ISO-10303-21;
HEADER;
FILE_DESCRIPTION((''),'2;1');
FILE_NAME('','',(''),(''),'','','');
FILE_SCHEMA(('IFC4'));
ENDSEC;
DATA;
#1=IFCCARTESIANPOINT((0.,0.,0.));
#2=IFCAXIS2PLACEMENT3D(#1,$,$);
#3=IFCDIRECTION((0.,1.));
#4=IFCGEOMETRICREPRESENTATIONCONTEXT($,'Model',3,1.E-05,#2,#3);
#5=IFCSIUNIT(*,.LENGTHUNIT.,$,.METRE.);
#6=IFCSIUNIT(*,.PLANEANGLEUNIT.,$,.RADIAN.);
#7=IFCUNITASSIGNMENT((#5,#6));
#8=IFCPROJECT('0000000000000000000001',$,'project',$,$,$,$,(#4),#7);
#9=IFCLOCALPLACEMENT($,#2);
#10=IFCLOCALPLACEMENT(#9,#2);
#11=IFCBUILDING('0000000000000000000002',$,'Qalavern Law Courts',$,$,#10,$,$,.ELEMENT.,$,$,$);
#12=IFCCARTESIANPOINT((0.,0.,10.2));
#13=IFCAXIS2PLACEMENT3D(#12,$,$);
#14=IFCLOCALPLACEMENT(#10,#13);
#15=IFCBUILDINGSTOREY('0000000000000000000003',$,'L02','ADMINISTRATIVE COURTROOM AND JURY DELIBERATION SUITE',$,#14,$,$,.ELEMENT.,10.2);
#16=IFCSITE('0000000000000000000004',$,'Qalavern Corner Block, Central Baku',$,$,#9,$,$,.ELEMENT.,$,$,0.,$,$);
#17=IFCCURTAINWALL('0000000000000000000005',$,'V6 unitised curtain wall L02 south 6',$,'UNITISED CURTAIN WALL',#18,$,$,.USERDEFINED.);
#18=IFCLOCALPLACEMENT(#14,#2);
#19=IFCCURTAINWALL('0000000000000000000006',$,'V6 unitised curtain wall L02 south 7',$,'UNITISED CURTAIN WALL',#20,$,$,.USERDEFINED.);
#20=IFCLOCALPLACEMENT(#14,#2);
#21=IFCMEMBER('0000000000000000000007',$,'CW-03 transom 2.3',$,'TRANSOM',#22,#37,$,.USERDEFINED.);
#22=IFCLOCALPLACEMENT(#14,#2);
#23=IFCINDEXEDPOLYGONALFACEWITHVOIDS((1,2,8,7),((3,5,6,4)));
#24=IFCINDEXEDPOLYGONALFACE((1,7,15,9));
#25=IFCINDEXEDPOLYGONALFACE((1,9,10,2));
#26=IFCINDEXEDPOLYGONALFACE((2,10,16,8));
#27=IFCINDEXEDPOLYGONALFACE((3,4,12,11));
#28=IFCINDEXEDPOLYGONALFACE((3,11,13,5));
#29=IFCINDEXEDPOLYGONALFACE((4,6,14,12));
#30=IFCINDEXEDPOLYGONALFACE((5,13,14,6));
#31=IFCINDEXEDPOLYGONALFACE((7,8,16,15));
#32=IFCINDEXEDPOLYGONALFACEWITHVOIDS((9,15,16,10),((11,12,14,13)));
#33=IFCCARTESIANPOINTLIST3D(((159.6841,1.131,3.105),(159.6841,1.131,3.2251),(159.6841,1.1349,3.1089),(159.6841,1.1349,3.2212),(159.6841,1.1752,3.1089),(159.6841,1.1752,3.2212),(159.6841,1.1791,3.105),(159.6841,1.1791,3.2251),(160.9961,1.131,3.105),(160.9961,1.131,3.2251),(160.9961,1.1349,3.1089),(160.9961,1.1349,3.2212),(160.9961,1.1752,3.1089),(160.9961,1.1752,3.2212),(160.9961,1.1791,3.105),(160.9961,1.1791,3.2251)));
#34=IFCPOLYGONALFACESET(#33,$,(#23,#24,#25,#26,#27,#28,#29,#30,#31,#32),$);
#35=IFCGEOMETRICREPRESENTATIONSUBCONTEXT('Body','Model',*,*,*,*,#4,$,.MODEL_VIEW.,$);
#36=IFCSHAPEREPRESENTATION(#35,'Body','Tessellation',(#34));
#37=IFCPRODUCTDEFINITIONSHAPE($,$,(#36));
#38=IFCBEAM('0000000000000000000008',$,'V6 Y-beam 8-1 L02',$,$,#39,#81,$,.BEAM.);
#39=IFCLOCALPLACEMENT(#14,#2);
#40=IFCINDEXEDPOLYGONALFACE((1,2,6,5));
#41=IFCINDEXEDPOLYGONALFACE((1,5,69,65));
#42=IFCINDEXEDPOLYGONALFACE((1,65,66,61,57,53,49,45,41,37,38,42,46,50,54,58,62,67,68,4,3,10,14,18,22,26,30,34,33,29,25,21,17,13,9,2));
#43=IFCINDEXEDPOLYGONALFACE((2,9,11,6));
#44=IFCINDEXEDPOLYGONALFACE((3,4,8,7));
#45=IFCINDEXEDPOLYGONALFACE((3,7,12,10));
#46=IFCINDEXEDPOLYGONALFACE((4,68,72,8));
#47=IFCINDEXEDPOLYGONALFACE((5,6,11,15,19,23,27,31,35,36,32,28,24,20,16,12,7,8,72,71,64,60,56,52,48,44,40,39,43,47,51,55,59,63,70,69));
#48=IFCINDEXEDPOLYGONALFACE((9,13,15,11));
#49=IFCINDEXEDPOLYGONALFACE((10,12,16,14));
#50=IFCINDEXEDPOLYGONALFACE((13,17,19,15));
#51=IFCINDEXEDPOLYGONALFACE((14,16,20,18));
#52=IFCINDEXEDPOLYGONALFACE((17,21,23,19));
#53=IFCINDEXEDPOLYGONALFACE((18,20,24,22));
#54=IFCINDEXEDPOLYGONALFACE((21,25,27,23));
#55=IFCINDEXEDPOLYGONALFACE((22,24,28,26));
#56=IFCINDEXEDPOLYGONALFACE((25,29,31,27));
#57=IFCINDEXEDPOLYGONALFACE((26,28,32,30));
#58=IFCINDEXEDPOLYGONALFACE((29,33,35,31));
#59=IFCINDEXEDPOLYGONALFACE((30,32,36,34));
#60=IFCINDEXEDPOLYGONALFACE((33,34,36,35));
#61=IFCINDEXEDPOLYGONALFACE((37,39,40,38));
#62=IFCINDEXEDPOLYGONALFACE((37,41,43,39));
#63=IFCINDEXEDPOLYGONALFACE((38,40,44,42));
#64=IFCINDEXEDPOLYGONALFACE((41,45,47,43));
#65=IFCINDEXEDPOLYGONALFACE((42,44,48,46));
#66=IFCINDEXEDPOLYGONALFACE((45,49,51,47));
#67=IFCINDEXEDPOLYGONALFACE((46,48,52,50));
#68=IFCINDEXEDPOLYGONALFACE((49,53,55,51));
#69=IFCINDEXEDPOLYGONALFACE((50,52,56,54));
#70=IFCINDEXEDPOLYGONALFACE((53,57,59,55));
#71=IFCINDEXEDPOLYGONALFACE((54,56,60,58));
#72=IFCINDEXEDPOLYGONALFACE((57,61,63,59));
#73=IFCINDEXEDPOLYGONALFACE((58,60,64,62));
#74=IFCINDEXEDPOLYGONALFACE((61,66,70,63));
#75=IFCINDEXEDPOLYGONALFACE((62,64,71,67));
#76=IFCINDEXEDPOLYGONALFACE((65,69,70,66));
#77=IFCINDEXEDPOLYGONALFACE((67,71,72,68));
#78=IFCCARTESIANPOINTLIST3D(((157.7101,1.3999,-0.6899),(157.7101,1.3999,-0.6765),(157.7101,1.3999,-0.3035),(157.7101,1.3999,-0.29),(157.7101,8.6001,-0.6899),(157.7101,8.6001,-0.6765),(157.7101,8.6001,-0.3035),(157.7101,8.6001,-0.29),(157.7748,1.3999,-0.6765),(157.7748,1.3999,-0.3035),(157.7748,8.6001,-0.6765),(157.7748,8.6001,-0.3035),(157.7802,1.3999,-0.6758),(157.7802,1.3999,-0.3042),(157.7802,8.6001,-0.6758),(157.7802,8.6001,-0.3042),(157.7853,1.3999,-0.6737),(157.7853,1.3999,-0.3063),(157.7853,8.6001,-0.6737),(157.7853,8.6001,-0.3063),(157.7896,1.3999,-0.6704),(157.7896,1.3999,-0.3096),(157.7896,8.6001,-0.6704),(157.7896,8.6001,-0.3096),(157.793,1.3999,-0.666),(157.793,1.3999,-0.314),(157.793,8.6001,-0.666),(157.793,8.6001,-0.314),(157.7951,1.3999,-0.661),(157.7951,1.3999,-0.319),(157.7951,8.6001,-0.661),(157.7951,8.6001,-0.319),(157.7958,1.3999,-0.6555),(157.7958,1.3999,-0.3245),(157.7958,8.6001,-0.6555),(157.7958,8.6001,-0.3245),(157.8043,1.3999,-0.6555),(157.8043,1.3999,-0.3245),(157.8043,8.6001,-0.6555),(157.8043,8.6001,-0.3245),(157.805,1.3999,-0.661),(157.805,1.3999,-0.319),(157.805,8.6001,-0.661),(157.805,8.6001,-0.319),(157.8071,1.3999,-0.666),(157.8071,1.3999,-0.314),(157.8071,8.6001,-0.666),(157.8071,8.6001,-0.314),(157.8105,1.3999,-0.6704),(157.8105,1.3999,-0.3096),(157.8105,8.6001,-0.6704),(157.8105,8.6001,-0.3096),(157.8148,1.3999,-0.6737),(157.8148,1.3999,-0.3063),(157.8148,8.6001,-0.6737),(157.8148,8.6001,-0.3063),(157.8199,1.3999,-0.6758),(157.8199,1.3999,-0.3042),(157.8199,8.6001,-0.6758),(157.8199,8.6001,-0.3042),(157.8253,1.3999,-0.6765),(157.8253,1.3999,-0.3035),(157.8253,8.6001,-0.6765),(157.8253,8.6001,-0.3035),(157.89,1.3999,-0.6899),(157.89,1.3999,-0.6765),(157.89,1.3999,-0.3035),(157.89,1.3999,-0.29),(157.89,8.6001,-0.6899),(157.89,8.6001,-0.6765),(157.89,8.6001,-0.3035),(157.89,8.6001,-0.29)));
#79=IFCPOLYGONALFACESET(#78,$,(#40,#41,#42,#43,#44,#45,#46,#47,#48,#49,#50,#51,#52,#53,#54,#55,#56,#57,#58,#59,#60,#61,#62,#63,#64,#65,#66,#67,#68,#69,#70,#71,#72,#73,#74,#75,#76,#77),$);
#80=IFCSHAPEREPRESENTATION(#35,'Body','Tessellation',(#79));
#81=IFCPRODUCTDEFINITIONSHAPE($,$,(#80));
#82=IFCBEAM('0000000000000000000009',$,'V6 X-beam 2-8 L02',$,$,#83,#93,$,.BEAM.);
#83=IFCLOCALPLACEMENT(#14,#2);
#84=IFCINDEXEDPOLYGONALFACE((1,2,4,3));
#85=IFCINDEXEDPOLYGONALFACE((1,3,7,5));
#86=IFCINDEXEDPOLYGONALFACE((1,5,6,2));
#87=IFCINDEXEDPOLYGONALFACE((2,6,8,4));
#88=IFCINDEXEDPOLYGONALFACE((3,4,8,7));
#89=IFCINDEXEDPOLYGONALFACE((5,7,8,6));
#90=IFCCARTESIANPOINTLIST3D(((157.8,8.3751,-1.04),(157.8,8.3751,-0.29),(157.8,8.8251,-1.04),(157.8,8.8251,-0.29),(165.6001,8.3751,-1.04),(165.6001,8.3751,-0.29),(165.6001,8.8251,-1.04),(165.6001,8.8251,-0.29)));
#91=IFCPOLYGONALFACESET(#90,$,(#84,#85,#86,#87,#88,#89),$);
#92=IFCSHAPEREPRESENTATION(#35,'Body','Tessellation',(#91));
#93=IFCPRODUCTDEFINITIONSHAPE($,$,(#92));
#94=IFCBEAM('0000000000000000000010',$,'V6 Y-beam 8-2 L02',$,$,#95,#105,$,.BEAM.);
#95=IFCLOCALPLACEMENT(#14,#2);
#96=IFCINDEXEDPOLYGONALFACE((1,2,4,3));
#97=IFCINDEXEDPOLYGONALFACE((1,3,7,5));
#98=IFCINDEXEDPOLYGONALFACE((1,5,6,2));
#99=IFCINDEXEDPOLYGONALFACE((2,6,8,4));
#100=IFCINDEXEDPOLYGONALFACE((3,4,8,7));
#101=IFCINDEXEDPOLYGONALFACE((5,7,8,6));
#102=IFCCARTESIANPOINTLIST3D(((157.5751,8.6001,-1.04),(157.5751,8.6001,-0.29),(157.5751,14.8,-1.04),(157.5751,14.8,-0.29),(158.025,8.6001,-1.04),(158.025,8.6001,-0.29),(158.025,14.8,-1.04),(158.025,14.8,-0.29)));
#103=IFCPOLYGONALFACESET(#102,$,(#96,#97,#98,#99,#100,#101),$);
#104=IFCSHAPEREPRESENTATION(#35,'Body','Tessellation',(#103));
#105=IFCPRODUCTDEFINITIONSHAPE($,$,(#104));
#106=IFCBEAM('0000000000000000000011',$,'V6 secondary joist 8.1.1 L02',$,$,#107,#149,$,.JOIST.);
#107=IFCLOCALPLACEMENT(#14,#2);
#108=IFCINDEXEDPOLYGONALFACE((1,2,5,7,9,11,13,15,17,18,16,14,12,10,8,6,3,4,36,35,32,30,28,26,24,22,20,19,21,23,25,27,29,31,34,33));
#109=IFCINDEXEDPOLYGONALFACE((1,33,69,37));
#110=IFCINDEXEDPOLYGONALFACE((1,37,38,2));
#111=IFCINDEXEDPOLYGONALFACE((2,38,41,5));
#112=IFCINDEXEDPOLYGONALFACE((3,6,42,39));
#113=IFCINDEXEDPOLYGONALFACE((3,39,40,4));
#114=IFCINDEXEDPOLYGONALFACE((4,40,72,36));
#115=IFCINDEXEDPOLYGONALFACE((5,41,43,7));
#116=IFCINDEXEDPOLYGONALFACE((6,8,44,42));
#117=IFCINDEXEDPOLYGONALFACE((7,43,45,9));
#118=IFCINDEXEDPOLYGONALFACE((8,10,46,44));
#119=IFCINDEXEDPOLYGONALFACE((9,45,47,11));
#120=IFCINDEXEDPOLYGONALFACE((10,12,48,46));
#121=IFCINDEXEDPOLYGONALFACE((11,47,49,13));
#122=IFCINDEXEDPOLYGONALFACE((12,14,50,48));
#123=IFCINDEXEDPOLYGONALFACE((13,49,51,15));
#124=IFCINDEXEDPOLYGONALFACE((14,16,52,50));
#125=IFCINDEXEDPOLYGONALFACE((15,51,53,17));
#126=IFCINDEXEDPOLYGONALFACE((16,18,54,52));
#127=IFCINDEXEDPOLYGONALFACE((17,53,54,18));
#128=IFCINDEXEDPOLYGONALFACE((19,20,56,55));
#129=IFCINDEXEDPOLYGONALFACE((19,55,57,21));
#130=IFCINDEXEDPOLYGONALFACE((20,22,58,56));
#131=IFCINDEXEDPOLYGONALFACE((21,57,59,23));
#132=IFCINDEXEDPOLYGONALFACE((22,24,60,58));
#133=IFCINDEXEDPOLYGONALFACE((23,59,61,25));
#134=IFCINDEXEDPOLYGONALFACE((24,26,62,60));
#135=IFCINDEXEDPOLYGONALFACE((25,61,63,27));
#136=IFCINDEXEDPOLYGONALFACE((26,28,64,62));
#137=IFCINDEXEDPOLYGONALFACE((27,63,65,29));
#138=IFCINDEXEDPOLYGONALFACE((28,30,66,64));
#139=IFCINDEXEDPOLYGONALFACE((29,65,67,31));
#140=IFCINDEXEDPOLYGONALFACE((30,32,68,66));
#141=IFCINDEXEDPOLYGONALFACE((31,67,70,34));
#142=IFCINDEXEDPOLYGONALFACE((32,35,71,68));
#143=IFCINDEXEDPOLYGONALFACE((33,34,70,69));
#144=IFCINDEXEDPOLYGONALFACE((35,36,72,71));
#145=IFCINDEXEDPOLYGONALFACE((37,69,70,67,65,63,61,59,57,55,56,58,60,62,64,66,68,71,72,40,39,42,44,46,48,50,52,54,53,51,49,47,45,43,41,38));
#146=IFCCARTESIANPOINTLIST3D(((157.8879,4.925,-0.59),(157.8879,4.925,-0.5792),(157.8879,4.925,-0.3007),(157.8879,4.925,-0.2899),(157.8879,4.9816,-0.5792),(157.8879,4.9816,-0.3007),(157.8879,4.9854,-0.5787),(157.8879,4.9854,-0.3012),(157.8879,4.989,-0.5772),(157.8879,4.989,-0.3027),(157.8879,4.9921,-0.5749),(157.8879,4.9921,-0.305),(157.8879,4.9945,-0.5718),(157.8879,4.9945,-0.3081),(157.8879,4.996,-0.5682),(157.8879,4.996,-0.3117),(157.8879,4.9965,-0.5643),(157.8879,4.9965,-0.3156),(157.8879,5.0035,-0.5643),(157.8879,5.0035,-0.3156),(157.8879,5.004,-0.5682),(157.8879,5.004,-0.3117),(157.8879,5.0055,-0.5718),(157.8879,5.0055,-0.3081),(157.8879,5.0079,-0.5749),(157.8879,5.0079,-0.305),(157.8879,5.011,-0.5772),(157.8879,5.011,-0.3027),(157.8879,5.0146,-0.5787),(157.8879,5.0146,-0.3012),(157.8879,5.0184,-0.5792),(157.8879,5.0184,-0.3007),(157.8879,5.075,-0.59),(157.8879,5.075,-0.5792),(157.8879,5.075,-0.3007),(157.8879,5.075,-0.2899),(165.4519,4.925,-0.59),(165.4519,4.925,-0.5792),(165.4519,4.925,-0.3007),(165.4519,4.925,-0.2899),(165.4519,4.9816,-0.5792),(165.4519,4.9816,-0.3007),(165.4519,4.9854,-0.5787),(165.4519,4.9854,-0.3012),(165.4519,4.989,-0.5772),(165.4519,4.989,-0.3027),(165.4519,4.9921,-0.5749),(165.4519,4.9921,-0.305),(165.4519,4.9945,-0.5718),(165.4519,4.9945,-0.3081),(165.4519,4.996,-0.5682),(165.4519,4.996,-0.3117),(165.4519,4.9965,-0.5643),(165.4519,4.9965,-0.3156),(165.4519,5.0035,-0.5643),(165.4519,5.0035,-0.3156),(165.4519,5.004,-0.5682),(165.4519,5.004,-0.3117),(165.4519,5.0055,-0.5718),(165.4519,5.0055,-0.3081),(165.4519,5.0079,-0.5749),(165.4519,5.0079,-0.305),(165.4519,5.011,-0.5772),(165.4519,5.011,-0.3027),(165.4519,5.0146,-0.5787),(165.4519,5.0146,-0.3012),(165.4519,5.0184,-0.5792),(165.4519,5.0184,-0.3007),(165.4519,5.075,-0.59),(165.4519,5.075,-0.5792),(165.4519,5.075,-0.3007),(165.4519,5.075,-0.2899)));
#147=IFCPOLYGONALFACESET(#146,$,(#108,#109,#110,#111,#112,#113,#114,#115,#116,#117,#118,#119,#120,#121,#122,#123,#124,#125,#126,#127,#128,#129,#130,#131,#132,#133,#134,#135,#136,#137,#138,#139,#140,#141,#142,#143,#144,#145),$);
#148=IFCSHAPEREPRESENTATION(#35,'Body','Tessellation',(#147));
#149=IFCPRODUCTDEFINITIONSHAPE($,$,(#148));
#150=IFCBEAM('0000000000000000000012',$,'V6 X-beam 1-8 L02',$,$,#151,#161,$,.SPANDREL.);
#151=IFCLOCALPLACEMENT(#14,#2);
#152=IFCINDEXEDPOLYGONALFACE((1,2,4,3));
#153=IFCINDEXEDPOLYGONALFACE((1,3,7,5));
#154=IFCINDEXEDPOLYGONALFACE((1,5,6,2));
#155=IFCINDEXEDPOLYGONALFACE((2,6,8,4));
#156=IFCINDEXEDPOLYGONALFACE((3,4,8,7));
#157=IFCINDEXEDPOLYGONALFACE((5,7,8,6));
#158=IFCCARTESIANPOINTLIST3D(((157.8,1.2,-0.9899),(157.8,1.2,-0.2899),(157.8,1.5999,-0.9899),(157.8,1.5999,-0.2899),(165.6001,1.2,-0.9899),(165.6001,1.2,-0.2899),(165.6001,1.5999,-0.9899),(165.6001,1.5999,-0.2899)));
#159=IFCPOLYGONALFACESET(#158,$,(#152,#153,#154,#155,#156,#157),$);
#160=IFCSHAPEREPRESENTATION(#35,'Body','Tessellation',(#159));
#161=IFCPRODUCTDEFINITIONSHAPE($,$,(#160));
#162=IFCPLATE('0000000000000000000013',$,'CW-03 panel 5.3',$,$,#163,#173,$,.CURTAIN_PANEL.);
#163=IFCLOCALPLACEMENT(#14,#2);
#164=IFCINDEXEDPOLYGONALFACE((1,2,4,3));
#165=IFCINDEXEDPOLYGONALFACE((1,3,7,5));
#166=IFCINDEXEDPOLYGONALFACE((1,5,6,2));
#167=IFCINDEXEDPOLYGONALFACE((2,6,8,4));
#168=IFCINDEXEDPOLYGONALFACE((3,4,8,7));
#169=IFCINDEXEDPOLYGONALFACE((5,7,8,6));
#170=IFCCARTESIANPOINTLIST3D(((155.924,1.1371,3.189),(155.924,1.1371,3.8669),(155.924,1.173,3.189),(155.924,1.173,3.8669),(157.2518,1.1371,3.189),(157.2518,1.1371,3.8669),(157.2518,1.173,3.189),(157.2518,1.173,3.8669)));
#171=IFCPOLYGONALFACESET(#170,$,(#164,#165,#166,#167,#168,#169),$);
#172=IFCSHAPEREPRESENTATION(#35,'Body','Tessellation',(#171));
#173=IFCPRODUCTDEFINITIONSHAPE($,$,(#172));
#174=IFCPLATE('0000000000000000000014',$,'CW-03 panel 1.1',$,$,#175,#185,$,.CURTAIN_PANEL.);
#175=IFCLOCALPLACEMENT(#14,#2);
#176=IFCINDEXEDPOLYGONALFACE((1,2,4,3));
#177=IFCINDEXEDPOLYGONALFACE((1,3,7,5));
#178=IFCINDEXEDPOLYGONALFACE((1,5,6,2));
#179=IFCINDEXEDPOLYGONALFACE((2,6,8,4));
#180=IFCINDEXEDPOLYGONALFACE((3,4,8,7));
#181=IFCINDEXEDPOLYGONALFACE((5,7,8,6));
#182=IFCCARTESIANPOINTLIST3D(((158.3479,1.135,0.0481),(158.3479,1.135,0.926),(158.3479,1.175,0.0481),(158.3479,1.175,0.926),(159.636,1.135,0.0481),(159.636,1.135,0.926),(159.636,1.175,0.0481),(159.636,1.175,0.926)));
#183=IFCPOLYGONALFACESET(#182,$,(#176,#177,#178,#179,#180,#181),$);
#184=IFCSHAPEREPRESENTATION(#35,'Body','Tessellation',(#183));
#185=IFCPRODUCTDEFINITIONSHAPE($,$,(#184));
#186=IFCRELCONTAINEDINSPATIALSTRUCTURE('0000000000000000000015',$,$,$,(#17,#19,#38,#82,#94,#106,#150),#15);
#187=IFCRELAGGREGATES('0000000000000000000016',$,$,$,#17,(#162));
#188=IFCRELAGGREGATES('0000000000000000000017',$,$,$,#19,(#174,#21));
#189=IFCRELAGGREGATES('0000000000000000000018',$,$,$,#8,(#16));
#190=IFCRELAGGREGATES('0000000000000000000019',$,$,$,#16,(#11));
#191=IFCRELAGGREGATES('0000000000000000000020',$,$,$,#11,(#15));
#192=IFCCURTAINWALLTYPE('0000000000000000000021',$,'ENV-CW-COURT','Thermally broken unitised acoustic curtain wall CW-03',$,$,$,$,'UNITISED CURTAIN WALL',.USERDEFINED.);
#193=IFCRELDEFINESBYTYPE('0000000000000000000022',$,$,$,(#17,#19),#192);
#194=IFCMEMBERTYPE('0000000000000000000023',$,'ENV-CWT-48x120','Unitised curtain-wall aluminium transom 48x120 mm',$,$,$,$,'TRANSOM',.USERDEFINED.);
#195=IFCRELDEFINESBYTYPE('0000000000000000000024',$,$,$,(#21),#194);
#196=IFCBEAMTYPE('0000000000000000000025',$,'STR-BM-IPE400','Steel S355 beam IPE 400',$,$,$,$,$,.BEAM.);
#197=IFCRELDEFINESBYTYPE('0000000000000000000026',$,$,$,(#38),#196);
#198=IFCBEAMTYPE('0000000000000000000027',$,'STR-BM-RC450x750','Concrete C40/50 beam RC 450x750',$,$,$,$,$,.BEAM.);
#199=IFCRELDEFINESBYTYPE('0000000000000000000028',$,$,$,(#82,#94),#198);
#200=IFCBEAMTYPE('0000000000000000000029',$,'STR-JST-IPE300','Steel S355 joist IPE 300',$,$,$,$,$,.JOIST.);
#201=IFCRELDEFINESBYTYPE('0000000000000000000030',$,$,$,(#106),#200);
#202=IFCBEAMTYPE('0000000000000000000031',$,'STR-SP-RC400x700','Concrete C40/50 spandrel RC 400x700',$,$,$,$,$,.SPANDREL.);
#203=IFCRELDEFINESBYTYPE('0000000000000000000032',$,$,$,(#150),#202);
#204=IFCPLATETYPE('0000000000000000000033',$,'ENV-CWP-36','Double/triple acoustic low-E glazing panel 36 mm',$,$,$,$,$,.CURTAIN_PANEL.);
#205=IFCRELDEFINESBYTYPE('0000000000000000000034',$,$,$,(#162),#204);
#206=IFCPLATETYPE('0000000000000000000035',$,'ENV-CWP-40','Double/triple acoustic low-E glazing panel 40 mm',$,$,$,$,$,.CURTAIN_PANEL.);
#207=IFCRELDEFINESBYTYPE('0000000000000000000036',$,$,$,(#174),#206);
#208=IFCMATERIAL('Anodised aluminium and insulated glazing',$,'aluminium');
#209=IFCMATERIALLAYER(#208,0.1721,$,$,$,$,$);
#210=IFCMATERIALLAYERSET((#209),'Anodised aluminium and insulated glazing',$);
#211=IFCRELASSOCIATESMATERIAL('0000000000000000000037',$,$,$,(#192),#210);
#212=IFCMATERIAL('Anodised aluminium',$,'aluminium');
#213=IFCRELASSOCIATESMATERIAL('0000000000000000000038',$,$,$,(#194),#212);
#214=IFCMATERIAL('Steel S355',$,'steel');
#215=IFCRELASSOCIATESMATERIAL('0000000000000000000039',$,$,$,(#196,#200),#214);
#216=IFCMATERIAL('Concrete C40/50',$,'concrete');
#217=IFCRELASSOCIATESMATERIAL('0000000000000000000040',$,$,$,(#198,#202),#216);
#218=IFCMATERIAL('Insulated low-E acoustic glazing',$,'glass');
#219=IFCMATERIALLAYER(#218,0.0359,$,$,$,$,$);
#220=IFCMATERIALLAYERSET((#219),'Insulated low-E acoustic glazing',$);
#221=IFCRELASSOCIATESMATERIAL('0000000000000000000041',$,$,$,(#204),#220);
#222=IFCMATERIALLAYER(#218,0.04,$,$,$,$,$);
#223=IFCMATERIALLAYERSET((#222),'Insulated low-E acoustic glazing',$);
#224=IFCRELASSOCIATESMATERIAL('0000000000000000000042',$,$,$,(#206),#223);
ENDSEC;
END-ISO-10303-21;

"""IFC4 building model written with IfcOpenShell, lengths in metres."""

from ifc_helpers import new_model, si_unit, direction, frame, origin, origin_2d, place, context, subcontext, project, spatial, rectangle, hollow_rectangle, i_section, extrude, material, layer, layer_set, material_profile, profile_set, type_object, element, aggregate, save


model = new_model("IFC4")

# Units and contexts
model_context = context("Model", 3, precision=1e-05, world=origin(), true_north=direction((0.0, 1.0)))
body_context = subcontext(model_context, "Body", "Model", "MODEL_VIEW")
ifc_project = project(units=[si_unit("LENGTHUNIT", "METRE"), si_unit("PLANEANGLEUNIT", "RADIAN")], contexts=[model_context])

# Site, building, storey
site_placement = place(None, origin())
site = spatial("IfcSite", under=ifc_project, at=site_placement, Name="Qalavern Corner Block, Central Baku", CompositionType="ELEMENT", RefElevation=0.0)
building_placement = place(site_placement, origin())
building = spatial("IfcBuilding", under=site, at=building_placement, Name="Qalavern Law Courts", CompositionType="ELEMENT")
storey_placement = place(building_placement, frame((0.0, 0.0, 10.2)))
storey = spatial("IfcBuildingStorey", under=building, at=storey_placement, Name="L02", Description="ADMINISTRATIVE COURTROOM AND JURY DELIBERATION SUITE", CompositionType="ELEMENT", Elevation=10.2)

# Curtain wall
ifc_material_1 = material(Name="Anodised aluminium and insulated glazing", Category="aluminium")
ifc_layer_1 = layer(ifc_material_1, 0.1721)
ifc_layer_set_1 = layer_set([ifc_layer_1], Name="Anodised aluminium and insulated glazing")
curtain_wall_type = type_object("IfcCurtainWallType", Name="ENV-CW-COURT", Description="Thermally broken unitised acoustic curtain wall CW-03", ElementType="UNITISED CURTAIN WALL", PredefinedType="USERDEFINED", material=ifc_layer_set_1)
curtain_wall_1_placement = place(storey_placement, origin())
curtain_wall_1 = element("IfcCurtainWall", 1, at=curtain_wall_1_placement, inside=storey, type_object=curtain_wall_type, Name="V6 unitised curtain wall L02 south 6", ObjectType="UNITISED CURTAIN WALL", PredefinedType="USERDEFINED")
ifc_material_2 = material(Name="Anodised aluminium", Category="aluminium")

# Curtain wall, member
curtain_wall_2_placement = place(storey_placement, origin())
curtain_wall_2 = element("IfcCurtainWall", 2, at=curtain_wall_2_placement, inside=storey, type_object=curtain_wall_type, Name="V6 unitised curtain wall L02 south 7", ObjectType="UNITISED CURTAIN WALL", PredefinedType="USERDEFINED")
ifc_material_profile_1 = material_profile(ifc_material_2, hollow_rectangle(XDim=0.0481, YDim=0.1201, WallThickness=0.0039, at=origin_2d()), Name="ALU TRANSOM 48x120")
ifc_profile_set_1 = profile_set([ifc_material_profile_1], Name="Anodised aluminium")
member_type_1 = type_object("IfcMemberType", Name="ENV-CWT-48x120", Description="Unitised curtain-wall aluminium transom 48x120 mm", ElementType="TRANSOM", PredefinedType="USERDEFINED", material=ifc_profile_set_1)
member_1_placement = place(storey_placement, frame((159.6841, 1.155, 3.165), z_axis=(1.0, 0.0, 0.0), x_axis=(0.0, 1.0, 0.0)))
member_1 = element("IfcMember", 3, at=member_1_placement, type_object=member_type_1, Name="CW-03 transom 2.3", ObjectType="TRANSOM", PredefinedType="USERDEFINED", context=body_context, shape_type="SweptSolid", body=[
    extrude(hollow_rectangle(XDim=0.0481, YDim=0.1201, WallThickness=0.0039, at=origin_2d()), origin(), (0.0, 0.0, 1.0), 1.312),
])

# Beams
ifc_material_3 = material(Name="Steel S355", Category="steel")
ifc_material_profile_2 = material_profile(ifc_material_3, i_section(OverallWidth=0.1799, OverallDepth=0.3999, WebThickness=0.0085, FlangeThickness=0.0134, FilletRadius=0.021, at=origin_2d()), Name="IPE 400")
ifc_profile_set_2 = profile_set([ifc_material_profile_2], Name="Steel S355")
beam_type_1 = type_object("IfcBeamType", Name="STR-BM-IPE400", Description="Steel S355 beam IPE 400", PredefinedType="BEAM", material=ifc_profile_set_2)
beam_1_placement = place(storey_placement, frame((157.8, 1.3999, -0.49), z_axis=(0.0, 1.0, 0.0), x_axis=(-1.0, 0.0, 0.0)))
element("IfcBeam", 4, at=beam_1_placement, inside=storey, type_object=beam_type_1, Name="V6 Y-beam 8-1 L02", PredefinedType="BEAM", context=body_context, shape_type="SweptSolid", body=[
    extrude(i_section(OverallWidth=0.1799, OverallDepth=0.3999, WebThickness=0.0085, FlangeThickness=0.0134, FilletRadius=0.021, at=origin_2d()), origin(), (0.0, 0.0, 1.0), 7.2002),
])
ifc_material_4 = material(Name="Concrete C40/50", Category="concrete")
ifc_material_profile_3 = material_profile(ifc_material_4, rectangle(XDim=0.45, YDim=0.75, at=origin_2d()), Name="RC 450x750")
ifc_profile_set_3 = profile_set([ifc_material_profile_3], Name="Concrete C40/50")
beam_type_2 = type_object("IfcBeamType", Name="STR-BM-RC450x750", Description="Concrete C40/50 beam RC 450x750", PredefinedType="BEAM", material=ifc_profile_set_3)
beam_2_placement = place(storey_placement, frame((157.8, 8.6001, -0.665), z_axis=(1.0, 0.0, 0.0), x_axis=(0.0, 1.0, 0.0)))
element("IfcBeam", 5, at=beam_2_placement, inside=storey, type_object=beam_type_2, Name="V6 X-beam 2-8 L02", PredefinedType="BEAM", context=body_context, shape_type="SweptSolid", body=[
    extrude(rectangle(XDim=0.45, YDim=0.75, at=origin_2d()), origin(), (0.0, 0.0, 1.0), 7.8),
])
beam_3_placement = place(storey_placement, frame((157.8, 8.6001, -0.665), z_axis=(0.0, 1.0, 0.0), x_axis=(-1.0, 0.0, 0.0)))
element("IfcBeam", 6, at=beam_3_placement, inside=storey, type_object=beam_type_2, Name="V6 Y-beam 8-2 L02", PredefinedType="BEAM", context=body_context, shape_type="SweptSolid", body=[
    extrude(rectangle(XDim=0.45, YDim=0.75, at=origin_2d()), origin(), (0.0, 0.0, 1.0), 6.2),
])
ifc_material_profile_4 = material_profile(ifc_material_3, i_section(OverallWidth=0.1499, OverallDepth=0.3, WebThickness=0.0071, FlangeThickness=0.0107, FilletRadius=0.0149, at=origin_2d()), Name="IPE 300")
ifc_profile_set_4 = profile_set([ifc_material_profile_4], Name="Steel S355")
beam_type_3 = type_object("IfcBeamType", Name="STR-JST-IPE300", Description="Steel S355 joist IPE 300", PredefinedType="JOIST", material=ifc_profile_set_4)
beam_4_placement = place(storey_placement, frame((157.8879, 5.0, -0.4399), z_axis=(1.0, 0.0, 0.0), x_axis=(0.0, 1.0, 0.0)))
element("IfcBeam", 7, at=beam_4_placement, inside=storey, type_object=beam_type_3, Name="V6 secondary joist 8.1.1 L02", PredefinedType="JOIST", context=body_context, shape_type="SweptSolid", body=[
    extrude(i_section(OverallWidth=0.1499, OverallDepth=0.3, WebThickness=0.0071, FlangeThickness=0.0107, FilletRadius=0.0149, at=origin_2d()), origin(), (0.0, 0.0, 1.0), 7.564),
])
ifc_material_profile_5 = material_profile(ifc_material_4, rectangle(XDim=0.3999, YDim=0.7, at=origin_2d()), Name="RC 400x700")
ifc_profile_set_5 = profile_set([ifc_material_profile_5], Name="Concrete C40/50")
beam_type_4 = type_object("IfcBeamType", Name="STR-SP-RC400x700", Description="Concrete C40/50 spandrel RC 400x700", PredefinedType="SPANDREL", material=ifc_profile_set_5)
beam_5_placement = place(storey_placement, frame((157.8, 1.3999, -0.6399), z_axis=(1.0, 0.0, 0.0), x_axis=(0.0, 1.0, 0.0)))
element("IfcBeam", 8, at=beam_5_placement, inside=storey, type_object=beam_type_4, Name="V6 X-beam 1-8 L02", PredefinedType="SPANDREL", context=body_context, shape_type="SweptSolid", body=[
    extrude(rectangle(XDim=0.3999, YDim=0.7, at=origin_2d()), origin(), (0.0, 0.0, 1.0), 7.8),
])

# Plates
ifc_material_5 = material(Name="Insulated low-E acoustic glazing", Category="glass")
ifc_layer_2 = layer(ifc_material_5, 0.0359)
ifc_layer_set_2 = layer_set([ifc_layer_2], Name="Insulated low-E acoustic glazing")
plate_type_1 = type_object("IfcPlateType", Name="ENV-CWP-36", Description="Double/triple acoustic low-E glazing panel 36 mm", PredefinedType="CURTAIN_PANEL", material=ifc_layer_set_2)
plate_1_placement = place(storey_placement, frame((156.5879, 1.155, 3.189), z_axis=(0.0, 0.0, 1.0), x_axis=(1.0, 0.0, 0.0)))
plate_1 = element("IfcPlate", 9, at=plate_1_placement, type_object=plate_type_1, Name="CW-03 panel 5.3", PredefinedType="CURTAIN_PANEL", context=body_context, shape_type="SweptSolid", body=[
    extrude(rectangle(XDim=1.3279, YDim=0.0359, at=origin_2d()), origin(), (0.0, 0.0, 1.0), 0.678),
])
aggregate(curtain_wall_1, [plate_1])
ifc_layer_3 = layer(ifc_material_5, 0.04)
ifc_layer_set_3 = layer_set([ifc_layer_3], Name="Insulated low-E acoustic glazing")
plate_type_2 = type_object("IfcPlateType", Name="ENV-CWP-40", Description="Double/triple acoustic low-E glazing panel 40 mm", PredefinedType="CURTAIN_PANEL", material=ifc_layer_set_3)
plate_2_placement = place(storey_placement, frame((158.9919, 1.155, 0.0481), z_axis=(0.0, 0.0, 1.0), x_axis=(1.0, 0.0, 0.0)))
plate_2 = element("IfcPlate", 10, at=plate_2_placement, type_object=plate_type_2, Name="CW-03 panel 1.1", PredefinedType="CURTAIN_PANEL", context=body_context, shape_type="SweptSolid", body=[
    extrude(rectangle(XDim=1.2881, YDim=0.04, at=origin_2d()), origin(), (0.0, 0.0, 1.0), 0.8779),
])
aggregate(curtain_wall_2, [plate_2, member_1])

save(model, "model.ifc")
